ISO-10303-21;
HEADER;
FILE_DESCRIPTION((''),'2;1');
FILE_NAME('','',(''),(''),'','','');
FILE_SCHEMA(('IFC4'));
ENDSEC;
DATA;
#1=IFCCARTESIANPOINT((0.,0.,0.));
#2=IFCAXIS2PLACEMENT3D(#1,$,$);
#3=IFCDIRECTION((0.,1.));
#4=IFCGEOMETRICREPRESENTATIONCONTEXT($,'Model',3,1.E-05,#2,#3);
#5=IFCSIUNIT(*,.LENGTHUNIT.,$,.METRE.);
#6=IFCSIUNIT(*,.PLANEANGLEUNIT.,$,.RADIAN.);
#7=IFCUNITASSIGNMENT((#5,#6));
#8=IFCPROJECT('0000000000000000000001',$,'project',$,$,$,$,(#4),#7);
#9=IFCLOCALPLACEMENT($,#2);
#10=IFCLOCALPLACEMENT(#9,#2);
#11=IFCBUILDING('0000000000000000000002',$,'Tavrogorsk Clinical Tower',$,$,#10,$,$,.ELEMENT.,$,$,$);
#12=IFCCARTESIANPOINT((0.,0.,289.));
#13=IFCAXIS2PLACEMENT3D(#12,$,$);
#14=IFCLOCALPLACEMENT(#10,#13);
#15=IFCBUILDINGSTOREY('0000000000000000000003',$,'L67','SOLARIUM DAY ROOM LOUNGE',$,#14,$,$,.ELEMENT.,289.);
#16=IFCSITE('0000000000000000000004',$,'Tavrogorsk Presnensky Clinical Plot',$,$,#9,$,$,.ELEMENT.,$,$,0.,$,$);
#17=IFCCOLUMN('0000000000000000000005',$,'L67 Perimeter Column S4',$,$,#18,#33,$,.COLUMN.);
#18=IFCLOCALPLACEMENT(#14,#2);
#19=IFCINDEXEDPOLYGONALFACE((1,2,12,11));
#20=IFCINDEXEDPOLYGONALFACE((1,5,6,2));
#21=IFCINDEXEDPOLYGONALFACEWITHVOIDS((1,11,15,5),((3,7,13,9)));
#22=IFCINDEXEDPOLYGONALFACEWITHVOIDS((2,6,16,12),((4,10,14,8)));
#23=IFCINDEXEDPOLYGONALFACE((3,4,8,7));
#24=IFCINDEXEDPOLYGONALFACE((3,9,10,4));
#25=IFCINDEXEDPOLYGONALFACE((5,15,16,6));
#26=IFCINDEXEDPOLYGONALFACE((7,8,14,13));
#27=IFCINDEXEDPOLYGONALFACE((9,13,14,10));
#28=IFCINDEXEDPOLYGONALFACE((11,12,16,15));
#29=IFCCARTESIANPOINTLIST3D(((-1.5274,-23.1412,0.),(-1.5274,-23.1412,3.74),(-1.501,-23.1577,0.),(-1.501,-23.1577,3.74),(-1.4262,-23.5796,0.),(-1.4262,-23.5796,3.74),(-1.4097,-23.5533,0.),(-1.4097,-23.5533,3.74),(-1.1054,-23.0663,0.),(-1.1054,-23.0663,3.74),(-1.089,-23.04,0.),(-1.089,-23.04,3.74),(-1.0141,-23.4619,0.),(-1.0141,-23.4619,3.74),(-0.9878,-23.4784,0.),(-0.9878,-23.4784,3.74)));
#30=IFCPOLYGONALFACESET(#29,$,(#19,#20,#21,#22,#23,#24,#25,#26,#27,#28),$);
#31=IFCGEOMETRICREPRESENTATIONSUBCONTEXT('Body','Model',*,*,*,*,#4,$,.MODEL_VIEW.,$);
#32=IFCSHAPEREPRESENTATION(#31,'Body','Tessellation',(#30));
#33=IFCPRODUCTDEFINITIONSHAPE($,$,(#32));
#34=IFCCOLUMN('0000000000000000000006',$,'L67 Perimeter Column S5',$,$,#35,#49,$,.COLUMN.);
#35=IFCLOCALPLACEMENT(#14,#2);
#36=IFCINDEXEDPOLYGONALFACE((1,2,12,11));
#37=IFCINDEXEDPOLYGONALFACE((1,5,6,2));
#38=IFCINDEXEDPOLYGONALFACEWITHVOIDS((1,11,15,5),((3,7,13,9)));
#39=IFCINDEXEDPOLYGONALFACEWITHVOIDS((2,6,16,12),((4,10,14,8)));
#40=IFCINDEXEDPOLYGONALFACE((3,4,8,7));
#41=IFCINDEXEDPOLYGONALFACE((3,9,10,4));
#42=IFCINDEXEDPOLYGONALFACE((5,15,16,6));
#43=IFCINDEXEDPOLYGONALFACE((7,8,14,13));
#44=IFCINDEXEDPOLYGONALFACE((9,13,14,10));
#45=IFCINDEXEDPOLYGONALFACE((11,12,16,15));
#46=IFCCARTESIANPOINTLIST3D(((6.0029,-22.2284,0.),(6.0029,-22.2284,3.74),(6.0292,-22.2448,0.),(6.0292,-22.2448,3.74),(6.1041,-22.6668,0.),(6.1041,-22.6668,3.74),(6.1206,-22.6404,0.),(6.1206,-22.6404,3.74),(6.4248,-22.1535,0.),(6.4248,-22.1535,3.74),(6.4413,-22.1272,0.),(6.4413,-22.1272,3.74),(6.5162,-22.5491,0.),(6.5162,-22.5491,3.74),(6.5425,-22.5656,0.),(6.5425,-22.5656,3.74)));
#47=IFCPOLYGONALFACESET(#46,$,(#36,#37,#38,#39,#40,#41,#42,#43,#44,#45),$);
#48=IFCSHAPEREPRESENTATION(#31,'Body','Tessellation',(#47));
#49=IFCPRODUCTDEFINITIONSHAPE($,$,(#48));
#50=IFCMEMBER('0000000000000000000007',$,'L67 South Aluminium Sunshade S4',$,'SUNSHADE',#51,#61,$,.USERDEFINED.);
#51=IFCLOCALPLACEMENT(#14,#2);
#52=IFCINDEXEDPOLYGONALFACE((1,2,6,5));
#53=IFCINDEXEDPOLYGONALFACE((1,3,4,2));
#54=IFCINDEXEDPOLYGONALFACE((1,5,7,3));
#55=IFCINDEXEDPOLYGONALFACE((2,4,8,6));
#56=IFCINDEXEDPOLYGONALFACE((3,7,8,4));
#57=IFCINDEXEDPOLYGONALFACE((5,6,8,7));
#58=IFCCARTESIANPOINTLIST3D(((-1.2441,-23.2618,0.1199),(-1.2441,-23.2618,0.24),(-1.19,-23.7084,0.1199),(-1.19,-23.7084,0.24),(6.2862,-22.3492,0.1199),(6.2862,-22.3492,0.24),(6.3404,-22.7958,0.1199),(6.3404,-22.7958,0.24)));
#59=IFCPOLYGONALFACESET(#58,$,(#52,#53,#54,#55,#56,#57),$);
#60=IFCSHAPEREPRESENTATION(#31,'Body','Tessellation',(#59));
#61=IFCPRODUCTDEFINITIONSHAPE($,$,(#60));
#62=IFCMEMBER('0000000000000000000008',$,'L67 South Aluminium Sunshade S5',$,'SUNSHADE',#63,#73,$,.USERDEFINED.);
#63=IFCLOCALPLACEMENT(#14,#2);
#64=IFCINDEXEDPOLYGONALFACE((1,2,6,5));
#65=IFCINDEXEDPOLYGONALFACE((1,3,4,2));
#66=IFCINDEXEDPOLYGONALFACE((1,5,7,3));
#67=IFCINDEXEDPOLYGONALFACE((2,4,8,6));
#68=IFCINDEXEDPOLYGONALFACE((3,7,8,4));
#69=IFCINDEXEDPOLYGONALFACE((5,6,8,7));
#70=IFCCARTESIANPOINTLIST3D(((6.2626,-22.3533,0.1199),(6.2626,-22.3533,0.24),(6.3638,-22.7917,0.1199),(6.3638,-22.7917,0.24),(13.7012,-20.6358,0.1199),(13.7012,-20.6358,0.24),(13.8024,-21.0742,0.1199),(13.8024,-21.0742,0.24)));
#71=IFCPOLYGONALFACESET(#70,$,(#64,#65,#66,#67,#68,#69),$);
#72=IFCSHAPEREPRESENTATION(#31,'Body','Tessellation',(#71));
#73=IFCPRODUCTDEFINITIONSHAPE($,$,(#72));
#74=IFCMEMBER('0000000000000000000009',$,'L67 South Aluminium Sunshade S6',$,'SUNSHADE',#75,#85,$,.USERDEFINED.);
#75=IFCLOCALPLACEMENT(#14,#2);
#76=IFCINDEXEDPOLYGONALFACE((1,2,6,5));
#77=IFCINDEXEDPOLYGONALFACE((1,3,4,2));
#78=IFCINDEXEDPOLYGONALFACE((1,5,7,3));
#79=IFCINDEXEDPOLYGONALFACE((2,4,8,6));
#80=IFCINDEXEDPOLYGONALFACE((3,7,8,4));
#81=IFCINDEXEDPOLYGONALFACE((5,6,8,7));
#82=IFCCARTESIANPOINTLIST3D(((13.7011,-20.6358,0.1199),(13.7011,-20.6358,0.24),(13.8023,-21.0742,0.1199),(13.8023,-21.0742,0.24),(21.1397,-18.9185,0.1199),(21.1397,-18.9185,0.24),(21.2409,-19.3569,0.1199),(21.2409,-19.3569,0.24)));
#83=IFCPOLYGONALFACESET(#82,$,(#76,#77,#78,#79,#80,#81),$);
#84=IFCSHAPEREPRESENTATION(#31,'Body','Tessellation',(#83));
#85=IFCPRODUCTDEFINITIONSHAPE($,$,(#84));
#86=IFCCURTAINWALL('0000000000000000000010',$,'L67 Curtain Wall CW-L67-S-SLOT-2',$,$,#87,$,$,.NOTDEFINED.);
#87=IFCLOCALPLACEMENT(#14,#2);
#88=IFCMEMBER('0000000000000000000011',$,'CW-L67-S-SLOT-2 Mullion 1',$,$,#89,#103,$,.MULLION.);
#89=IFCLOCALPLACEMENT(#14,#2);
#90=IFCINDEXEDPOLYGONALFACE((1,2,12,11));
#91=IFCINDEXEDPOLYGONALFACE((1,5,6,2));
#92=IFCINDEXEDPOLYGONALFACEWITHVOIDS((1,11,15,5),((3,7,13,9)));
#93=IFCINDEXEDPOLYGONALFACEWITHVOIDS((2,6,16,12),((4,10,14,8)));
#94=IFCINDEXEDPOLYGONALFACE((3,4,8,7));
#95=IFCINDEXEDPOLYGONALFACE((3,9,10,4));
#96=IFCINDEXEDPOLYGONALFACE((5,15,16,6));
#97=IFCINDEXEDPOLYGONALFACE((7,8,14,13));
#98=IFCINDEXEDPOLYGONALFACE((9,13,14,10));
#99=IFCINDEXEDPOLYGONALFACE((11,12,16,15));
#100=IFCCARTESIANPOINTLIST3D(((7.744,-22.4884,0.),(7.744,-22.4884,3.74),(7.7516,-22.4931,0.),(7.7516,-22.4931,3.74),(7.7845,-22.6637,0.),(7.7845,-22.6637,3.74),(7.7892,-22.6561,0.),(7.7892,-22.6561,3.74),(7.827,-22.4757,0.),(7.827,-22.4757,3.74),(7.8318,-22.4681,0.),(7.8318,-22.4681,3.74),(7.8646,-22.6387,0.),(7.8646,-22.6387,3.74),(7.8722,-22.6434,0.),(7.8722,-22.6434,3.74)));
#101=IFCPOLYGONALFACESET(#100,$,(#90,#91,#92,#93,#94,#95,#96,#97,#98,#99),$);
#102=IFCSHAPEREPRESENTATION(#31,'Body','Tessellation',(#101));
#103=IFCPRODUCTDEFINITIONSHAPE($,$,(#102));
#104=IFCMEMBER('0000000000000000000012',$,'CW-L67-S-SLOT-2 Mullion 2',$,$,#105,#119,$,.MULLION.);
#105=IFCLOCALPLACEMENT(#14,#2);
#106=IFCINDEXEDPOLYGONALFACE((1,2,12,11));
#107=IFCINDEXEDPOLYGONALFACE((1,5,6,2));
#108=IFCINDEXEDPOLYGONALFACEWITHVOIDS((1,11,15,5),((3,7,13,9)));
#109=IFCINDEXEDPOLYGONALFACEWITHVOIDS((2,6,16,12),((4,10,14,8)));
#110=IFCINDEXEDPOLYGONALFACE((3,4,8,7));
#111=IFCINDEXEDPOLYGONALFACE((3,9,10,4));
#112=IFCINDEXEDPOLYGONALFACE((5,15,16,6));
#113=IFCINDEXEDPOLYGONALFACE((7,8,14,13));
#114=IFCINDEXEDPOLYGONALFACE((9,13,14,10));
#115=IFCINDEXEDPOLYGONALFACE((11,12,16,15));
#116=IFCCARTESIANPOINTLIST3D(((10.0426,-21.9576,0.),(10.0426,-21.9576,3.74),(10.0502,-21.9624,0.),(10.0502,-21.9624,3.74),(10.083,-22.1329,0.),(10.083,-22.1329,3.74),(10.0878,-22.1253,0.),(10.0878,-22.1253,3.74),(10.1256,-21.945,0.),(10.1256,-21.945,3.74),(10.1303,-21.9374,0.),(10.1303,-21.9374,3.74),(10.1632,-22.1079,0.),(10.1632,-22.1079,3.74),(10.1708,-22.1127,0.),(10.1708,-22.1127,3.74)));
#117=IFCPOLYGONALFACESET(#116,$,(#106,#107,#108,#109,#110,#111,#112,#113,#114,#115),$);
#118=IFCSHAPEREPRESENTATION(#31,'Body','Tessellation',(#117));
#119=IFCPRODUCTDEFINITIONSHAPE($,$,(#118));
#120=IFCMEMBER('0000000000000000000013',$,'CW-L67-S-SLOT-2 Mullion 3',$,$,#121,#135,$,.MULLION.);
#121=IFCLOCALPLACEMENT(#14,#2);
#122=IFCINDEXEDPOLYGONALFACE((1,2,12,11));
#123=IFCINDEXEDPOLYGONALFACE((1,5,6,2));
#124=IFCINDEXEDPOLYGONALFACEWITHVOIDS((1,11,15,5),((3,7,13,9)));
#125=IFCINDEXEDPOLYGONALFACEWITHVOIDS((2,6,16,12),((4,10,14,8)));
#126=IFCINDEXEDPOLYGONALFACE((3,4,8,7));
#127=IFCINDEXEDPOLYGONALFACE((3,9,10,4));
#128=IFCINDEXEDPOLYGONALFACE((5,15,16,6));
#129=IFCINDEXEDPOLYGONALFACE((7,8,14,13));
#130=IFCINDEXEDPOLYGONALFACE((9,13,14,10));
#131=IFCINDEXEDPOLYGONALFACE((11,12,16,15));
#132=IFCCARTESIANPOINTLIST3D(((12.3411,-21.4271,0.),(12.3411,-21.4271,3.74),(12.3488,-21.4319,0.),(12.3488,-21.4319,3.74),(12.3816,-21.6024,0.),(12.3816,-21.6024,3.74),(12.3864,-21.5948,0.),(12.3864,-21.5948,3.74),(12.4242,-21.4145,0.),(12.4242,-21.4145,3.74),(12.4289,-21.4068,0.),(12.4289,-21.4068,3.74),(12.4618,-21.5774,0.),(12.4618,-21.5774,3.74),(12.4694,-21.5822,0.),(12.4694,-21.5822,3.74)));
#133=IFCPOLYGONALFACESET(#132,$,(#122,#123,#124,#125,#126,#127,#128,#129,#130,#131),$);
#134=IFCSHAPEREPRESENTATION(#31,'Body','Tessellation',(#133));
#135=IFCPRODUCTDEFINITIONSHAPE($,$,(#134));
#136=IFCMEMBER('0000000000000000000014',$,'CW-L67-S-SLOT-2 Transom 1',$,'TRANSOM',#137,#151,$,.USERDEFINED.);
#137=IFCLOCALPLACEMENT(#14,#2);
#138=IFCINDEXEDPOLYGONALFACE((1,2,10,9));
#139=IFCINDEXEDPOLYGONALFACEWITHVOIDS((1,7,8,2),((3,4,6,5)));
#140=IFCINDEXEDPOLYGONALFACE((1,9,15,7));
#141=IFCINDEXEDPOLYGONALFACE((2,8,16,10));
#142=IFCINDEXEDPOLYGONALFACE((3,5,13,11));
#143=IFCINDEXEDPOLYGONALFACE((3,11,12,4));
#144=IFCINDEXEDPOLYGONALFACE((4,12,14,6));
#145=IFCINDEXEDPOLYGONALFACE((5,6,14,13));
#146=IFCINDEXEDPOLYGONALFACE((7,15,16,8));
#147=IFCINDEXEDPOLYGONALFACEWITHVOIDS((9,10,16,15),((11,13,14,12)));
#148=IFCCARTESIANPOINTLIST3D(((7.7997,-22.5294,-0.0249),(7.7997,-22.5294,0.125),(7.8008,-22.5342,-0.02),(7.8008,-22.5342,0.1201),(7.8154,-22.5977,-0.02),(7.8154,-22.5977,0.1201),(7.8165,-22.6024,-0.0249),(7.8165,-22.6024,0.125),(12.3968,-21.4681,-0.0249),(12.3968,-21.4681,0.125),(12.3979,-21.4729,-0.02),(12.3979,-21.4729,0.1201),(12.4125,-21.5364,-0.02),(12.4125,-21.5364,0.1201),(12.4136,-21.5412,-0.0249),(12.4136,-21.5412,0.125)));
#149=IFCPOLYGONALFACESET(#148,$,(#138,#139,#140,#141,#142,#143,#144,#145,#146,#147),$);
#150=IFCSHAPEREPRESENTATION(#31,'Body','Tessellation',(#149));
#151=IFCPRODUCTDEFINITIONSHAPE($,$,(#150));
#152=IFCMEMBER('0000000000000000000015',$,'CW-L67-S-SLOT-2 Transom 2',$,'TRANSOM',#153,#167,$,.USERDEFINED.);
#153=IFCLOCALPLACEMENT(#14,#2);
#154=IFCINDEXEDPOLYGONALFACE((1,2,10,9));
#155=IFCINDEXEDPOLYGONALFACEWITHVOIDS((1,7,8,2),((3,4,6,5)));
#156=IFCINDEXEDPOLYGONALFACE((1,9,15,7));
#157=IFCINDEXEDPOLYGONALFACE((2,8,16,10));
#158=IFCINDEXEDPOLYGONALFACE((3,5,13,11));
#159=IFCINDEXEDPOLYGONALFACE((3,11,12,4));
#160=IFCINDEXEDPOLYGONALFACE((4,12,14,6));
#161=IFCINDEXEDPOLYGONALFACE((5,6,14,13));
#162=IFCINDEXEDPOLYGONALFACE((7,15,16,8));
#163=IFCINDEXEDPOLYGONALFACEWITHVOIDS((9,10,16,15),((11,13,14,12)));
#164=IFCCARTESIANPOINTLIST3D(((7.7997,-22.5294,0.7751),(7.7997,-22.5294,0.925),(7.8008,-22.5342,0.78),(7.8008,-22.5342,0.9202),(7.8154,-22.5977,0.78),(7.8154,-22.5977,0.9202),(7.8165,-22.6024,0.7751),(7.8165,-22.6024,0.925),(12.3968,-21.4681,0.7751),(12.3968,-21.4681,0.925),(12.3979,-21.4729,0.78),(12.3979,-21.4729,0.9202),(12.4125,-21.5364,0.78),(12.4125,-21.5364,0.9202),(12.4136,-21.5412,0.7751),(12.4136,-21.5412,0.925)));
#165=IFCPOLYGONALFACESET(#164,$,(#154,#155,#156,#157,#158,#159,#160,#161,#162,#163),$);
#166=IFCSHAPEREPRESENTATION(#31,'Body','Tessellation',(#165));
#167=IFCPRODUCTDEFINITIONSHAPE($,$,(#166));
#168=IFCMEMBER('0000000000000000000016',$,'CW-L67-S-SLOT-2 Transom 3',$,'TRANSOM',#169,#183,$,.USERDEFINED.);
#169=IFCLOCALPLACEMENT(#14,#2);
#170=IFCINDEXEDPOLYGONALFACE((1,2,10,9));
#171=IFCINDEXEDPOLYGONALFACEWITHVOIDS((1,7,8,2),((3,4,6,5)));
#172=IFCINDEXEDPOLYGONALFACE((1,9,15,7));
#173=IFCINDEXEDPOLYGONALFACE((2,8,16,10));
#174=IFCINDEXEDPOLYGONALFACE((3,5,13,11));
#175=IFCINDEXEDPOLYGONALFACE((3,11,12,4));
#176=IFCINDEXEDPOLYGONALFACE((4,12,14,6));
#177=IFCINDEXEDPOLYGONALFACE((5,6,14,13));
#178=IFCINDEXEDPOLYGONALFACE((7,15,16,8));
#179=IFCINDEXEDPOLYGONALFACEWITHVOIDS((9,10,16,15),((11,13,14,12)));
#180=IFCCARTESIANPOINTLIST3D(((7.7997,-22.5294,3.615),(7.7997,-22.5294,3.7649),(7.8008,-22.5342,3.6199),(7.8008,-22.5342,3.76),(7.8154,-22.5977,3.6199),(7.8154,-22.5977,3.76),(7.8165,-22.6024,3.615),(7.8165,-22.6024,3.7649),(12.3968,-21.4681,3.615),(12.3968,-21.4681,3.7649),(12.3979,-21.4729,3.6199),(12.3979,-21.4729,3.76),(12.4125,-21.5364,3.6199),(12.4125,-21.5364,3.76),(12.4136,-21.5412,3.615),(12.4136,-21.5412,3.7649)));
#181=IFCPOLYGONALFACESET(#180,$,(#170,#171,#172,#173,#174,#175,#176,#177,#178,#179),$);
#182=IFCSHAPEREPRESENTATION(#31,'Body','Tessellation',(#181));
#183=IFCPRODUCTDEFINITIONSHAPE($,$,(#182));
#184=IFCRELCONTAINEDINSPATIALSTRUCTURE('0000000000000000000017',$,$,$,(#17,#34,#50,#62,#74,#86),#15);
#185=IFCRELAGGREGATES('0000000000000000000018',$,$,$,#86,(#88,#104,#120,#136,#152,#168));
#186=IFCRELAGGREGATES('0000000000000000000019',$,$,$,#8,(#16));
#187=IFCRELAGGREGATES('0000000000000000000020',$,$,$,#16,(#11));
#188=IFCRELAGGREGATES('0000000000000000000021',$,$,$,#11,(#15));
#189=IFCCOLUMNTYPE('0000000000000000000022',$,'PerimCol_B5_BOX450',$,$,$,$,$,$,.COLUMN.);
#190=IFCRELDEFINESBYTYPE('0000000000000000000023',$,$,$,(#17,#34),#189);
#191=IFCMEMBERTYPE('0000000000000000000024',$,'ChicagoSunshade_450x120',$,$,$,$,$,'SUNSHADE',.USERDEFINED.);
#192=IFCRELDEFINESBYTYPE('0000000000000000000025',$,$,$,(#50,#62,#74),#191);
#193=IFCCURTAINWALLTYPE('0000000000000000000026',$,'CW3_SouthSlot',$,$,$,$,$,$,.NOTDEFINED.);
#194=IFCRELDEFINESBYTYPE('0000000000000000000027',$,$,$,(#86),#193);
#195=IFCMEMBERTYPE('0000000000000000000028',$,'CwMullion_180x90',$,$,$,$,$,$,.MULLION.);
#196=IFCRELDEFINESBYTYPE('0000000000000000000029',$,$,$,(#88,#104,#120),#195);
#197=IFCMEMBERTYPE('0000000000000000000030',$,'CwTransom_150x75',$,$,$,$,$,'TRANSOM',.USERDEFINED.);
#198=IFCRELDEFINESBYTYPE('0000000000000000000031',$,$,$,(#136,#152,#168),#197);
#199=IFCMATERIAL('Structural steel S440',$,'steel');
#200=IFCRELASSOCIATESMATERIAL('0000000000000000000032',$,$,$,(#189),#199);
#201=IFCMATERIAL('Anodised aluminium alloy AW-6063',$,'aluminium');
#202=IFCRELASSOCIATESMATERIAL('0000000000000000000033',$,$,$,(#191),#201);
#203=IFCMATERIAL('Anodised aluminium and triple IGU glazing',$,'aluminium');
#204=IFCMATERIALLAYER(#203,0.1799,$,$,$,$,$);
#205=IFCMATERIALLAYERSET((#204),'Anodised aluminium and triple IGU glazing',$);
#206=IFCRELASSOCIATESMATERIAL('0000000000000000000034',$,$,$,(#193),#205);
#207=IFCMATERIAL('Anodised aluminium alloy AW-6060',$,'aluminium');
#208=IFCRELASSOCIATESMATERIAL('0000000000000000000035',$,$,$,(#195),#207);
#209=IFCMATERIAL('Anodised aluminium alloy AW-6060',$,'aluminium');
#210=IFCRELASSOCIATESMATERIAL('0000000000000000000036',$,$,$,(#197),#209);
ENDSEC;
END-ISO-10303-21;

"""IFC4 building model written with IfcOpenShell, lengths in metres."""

from ifc_helpers import new_model, si_unit, direction, frame, origin, origin_2d, place, context, subcontext, project, spatial, rectangle, hollow_rectangle, extrude, material, layer, layer_set, material_profile, profile_set, type_object, element, aggregate, save


model = new_model("IFC4")

# Units and contexts
model_context = context("Model", 3, precision=1e-05, world=origin(), true_north=direction((0.0, 1.0)))
body_context = subcontext(model_context, "Body", "Model", "MODEL_VIEW")
ifc_project = project(units=[si_unit("LENGTHUNIT", "METRE"), si_unit("PLANEANGLEUNIT", "RADIAN")], contexts=[model_context])

# Site, building, storey
site_placement = place(None, origin())
site = spatial("IfcSite", under=ifc_project, at=site_placement, Name="Tavrogorsk Presnensky Clinical Plot", CompositionType="ELEMENT", RefElevation=0.0)
building_placement = place(site_placement, origin())
building = spatial("IfcBuilding", under=site, at=building_placement, Name="Tavrogorsk Clinical Tower", CompositionType="ELEMENT")
storey_placement = place(building_placement, frame((0.0, 0.0, 289.0)))
storey = spatial("IfcBuildingStorey", under=building, at=storey_placement, Name="L67", Description="SOLARIUM DAY ROOM LOUNGE", CompositionType="ELEMENT", Elevation=289.0)

# Columns
ifc_material_1 = material(Name="Structural steel S440", Category="steel")
ifc_material_profile_1 = material_profile(ifc_material_1, hollow_rectangle(XDim=0.45, YDim=0.45, WallThickness=0.022, at=origin_2d()), Name="BOX-450x450x22")
ifc_profile_set_1 = profile_set([ifc_material_profile_1], Name="Structural steel S440")
column_type = type_object("IfcColumnType", Name="PerimCol_B5_BOX450", PredefinedType="COLUMN", material=ifc_profile_set_1)
for number, where, z_axis, x_axis, name in (
    (1, (-1.2576, -23.3098, 0.0), (0.0, 0.0, 1.0), (0.97437, 0.224951, 0.0), "L67 Perimeter Column S4"),
    (2, (6.2727, -22.397, 0.0), (0.0, 0.0, 1.0), (0.97437, 0.224951, 0.0), "L67 Perimeter Column S5"),
):
    element("IfcColumn", number, at=place(storey_placement, frame(where, z_axis=z_axis, x_axis=x_axis)), inside=storey, type_object=column_type, Name=name, PredefinedType="COLUMN", context=body_context, shape_type="SweptSolid", body=[
        extrude(hollow_rectangle(XDim=0.45, YDim=0.45, WallThickness=0.022, at=origin_2d()), origin(), (0.0, 0.0, 1.0), 3.74),
    ])

# Members
ifc_material_2 = material(Name="Anodised aluminium alloy AW-6063", Category="aluminium")
ifc_material_profile_2 = material_profile(ifc_material_2, rectangle(XDim=0.45, YDim=0.1201, at=origin_2d()), Name="ALU-SUNSHADE-450x120")
ifc_profile_set_2 = profile_set([ifc_material_profile_2], Name="Anodised aluminium alloy AW-6063")
member_type_1 = type_object("IfcMemberType", Name="ChicagoSunshade_450x120", ElementType="SUNSHADE", PredefinedType="USERDEFINED", material=ifc_profile_set_2)
member_1_placement = place(storey_placement, frame((-1.217, -23.4851, 0.1799), z_axis=(0.992736, 0.12031, 0.0), x_axis=(-0.12031, 0.992736, 0.0)))
element("IfcMember", 3, at=member_1_placement, inside=storey, type_object=member_type_1, Name="L67 South Aluminium Sunshade S4", ObjectType="SUNSHADE", PredefinedType="USERDEFINED", context=body_context, shape_type="SweptSolid", body=[
    extrude(rectangle(XDim=0.45, YDim=0.1201, at=origin_2d()), origin(), (0.0, 0.0, 1.0), 7.5854),
])
for number, where, z_axis, x_axis, name in (
    (4, (6.3132, -22.5725, 0.1799), (0.974364, 0.224979, 0.0), (-0.224979, 0.974364, 0.0), "L67 South Aluminium Sunshade S5"),
    (5, (13.7517, -20.855, 0.1799), (0.974372, 0.224941, 0.0), (-0.224941, 0.974372, 0.0), "L67 South Aluminium Sunshade S6"),
):
    element("IfcMember", number, at=place(storey_placement, frame(where, z_axis=z_axis, x_axis=x_axis)), inside=storey, type_object=member_type_1, Name=name, ObjectType="SUNSHADE", PredefinedType="USERDEFINED", context=body_context, shape_type="SweptSolid", body=[
        extrude(rectangle(XDim=0.45, YDim=0.1201, at=origin_2d()), origin(), (0.0, 0.0, 1.0), 7.6343),
    ])

# Curtain wall, members
ifc_material_3 = material(Name="Anodised aluminium and triple IGU glazing", Category="aluminium")
ifc_layer_1 = layer(ifc_material_3, 0.1799)
ifc_layer_set_1 = layer_set([ifc_layer_1], Name="Anodised aluminium and triple IGU glazing")
curtain_wall_type = type_object("IfcCurtainWallType", Name="CW3_SouthSlot", PredefinedType="NOTDEFINED", material=ifc_layer_set_1)
curtain_wall_placement = place(storey_placement, origin())
curtain_wall = element("IfcCurtainWall", 6, at=curtain_wall_placement, inside=storey, type_object=curtain_wall_type, Name="L67 Curtain Wall CW-L67-S-SLOT-2", PredefinedType="NOTDEFINED")
ifc_material_4 = material(Name="Anodised aluminium alloy AW-6060", Category="aluminium")
ifc_material_profile_3 = material_profile(ifc_material_4, hollow_rectangle(XDim=0.0901, YDim=0.1799, WallThickness=0.0063, at=origin_2d()), Name="RHS-180x90x6.3")
ifc_profile_set_3 = profile_set([ifc_material_profile_3], Name="Anodised aluminium alloy AW-6060")
member_type_2 = type_object("IfcMemberType", Name="CwMullion_180x90", PredefinedType="MULLION", material=ifc_profile_set_3)
member_2_placement = place(storey_placement, frame((7.8081, -22.5659, 0.0), z_axis=(0.0, 0.0, 1.0), x_axis=(0.97437, 0.224951, 0.0)))
member_2 = element("IfcMember", 7, at=member_2_placement, type_object=member_type_2, Name="CW-L67-S-SLOT-2 Mullion 1", PredefinedType="MULLION", context=body_context, shape_type="SweptSolid", body=[
    extrude(hollow_rectangle(XDim=0.0901, YDim=0.1799, WallThickness=0.0063, at=origin_2d()), origin(), (0.0, 0.0, 1.0), 3.74),
])
member_3_placement = place(storey_placement, frame((10.1067, -22.0352, 0.0), z_axis=(0.0, 0.0, 1.0), x_axis=(0.97437, 0.224951, 0.0)))
member_3 = element("IfcMember", 8, at=member_3_placement, type_object=member_type_2, Name="CW-L67-S-SLOT-2 Mullion 2", PredefinedType="MULLION", context=body_context, shape_type="SweptSolid", body=[
    extrude(hollow_rectangle(XDim=0.0901, YDim=0.1799, WallThickness=0.0063, at=origin_2d()), origin(), (0.0, 0.0, 1.0), 3.74),
])
member_4_placement = place(storey_placement, frame((12.4053, -21.5046, 0.0), z_axis=(0.0, 0.0, 1.0), x_axis=(0.97437, 0.224951, 0.0)))
member_4 = element("IfcMember", 9, at=member_4_placement, type_object=member_type_2, Name="CW-L67-S-SLOT-2 Mullion 3", PredefinedType="MULLION", context=body_context, shape_type="SweptSolid", body=[
    extrude(hollow_rectangle(XDim=0.0901, YDim=0.1799, WallThickness=0.0063, at=origin_2d()), origin(), (0.0, 0.0, 1.0), 3.74),
])
ifc_material_5 = material(Name="Anodised aluminium alloy AW-6060", Category="aluminium")
ifc_material_profile_4 = material_profile(ifc_material_5, hollow_rectangle(XDim=0.075, YDim=0.1499, WallThickness=0.0049, at=origin_2d()), Name="RHS-150x75x5")
ifc_profile_set_4 = profile_set([ifc_material_profile_4], Name="Anodised aluminium alloy AW-6060")
member_type_3 = type_object("IfcMemberType", Name="CwTransom_150x75", ElementType="TRANSOM", PredefinedType="USERDEFINED", material=ifc_profile_set_4)
member_5_placement = place(storey_placement, frame((7.8081, -22.5659, 0.05), z_axis=(0.974373, 0.224939, 0.0), x_axis=(-0.224939, 0.974373, 0.0)))
member_5 = element("IfcMember", 10, at=member_5_placement, type_object=member_type_3, Name="CW-L67-S-SLOT-2 Transom 1", ObjectType="TRANSOM", PredefinedType="USERDEFINED", context=body_context, shape_type="SweptSolid", body=[
    extrude(hollow_rectangle(XDim=0.075, YDim=0.1499, WallThickness=0.0049, at=origin_2d()), origin(), (0.0, 0.0, 1.0), 4.718),
])
member_6_placement = place(storey_placement, frame((7.8081, -22.5659, 0.8501), z_axis=(0.974373, 0.224939, 0.0), x_axis=(-0.224939, 0.974373, 0.0)))
member_6 = element("IfcMember", 11, at=member_6_placement, type_object=member_type_3, Name="CW-L67-S-SLOT-2 Transom 2", ObjectType="TRANSOM", PredefinedType="USERDEFINED", context=body_context, shape_type="SweptSolid", body=[
    extrude(hollow_rectangle(XDim=0.075, YDim=0.1499, WallThickness=0.0049, at=origin_2d()), origin(), (0.0, 0.0, 1.0), 4.718),
])
member_7_placement = place(storey_placement, frame((7.8081, -22.5659, 3.6899), z_axis=(0.974373, 0.224939, 0.0), x_axis=(-0.224939, 0.974373, 0.0)))
member_7 = element("IfcMember", 12, at=member_7_placement, type_object=member_type_3, Name="CW-L67-S-SLOT-2 Transom 3", ObjectType="TRANSOM", PredefinedType="USERDEFINED", context=body_context, shape_type="SweptSolid", body=[
    extrude(hollow_rectangle(XDim=0.075, YDim=0.1499, WallThickness=0.0049, at=origin_2d()), origin(), (0.0, 0.0, 1.0), 4.718),
])

aggregate(curtain_wall, [member_2, member_3, member_4, member_5, member_6, member_7])

save(model, "model.ifc")
